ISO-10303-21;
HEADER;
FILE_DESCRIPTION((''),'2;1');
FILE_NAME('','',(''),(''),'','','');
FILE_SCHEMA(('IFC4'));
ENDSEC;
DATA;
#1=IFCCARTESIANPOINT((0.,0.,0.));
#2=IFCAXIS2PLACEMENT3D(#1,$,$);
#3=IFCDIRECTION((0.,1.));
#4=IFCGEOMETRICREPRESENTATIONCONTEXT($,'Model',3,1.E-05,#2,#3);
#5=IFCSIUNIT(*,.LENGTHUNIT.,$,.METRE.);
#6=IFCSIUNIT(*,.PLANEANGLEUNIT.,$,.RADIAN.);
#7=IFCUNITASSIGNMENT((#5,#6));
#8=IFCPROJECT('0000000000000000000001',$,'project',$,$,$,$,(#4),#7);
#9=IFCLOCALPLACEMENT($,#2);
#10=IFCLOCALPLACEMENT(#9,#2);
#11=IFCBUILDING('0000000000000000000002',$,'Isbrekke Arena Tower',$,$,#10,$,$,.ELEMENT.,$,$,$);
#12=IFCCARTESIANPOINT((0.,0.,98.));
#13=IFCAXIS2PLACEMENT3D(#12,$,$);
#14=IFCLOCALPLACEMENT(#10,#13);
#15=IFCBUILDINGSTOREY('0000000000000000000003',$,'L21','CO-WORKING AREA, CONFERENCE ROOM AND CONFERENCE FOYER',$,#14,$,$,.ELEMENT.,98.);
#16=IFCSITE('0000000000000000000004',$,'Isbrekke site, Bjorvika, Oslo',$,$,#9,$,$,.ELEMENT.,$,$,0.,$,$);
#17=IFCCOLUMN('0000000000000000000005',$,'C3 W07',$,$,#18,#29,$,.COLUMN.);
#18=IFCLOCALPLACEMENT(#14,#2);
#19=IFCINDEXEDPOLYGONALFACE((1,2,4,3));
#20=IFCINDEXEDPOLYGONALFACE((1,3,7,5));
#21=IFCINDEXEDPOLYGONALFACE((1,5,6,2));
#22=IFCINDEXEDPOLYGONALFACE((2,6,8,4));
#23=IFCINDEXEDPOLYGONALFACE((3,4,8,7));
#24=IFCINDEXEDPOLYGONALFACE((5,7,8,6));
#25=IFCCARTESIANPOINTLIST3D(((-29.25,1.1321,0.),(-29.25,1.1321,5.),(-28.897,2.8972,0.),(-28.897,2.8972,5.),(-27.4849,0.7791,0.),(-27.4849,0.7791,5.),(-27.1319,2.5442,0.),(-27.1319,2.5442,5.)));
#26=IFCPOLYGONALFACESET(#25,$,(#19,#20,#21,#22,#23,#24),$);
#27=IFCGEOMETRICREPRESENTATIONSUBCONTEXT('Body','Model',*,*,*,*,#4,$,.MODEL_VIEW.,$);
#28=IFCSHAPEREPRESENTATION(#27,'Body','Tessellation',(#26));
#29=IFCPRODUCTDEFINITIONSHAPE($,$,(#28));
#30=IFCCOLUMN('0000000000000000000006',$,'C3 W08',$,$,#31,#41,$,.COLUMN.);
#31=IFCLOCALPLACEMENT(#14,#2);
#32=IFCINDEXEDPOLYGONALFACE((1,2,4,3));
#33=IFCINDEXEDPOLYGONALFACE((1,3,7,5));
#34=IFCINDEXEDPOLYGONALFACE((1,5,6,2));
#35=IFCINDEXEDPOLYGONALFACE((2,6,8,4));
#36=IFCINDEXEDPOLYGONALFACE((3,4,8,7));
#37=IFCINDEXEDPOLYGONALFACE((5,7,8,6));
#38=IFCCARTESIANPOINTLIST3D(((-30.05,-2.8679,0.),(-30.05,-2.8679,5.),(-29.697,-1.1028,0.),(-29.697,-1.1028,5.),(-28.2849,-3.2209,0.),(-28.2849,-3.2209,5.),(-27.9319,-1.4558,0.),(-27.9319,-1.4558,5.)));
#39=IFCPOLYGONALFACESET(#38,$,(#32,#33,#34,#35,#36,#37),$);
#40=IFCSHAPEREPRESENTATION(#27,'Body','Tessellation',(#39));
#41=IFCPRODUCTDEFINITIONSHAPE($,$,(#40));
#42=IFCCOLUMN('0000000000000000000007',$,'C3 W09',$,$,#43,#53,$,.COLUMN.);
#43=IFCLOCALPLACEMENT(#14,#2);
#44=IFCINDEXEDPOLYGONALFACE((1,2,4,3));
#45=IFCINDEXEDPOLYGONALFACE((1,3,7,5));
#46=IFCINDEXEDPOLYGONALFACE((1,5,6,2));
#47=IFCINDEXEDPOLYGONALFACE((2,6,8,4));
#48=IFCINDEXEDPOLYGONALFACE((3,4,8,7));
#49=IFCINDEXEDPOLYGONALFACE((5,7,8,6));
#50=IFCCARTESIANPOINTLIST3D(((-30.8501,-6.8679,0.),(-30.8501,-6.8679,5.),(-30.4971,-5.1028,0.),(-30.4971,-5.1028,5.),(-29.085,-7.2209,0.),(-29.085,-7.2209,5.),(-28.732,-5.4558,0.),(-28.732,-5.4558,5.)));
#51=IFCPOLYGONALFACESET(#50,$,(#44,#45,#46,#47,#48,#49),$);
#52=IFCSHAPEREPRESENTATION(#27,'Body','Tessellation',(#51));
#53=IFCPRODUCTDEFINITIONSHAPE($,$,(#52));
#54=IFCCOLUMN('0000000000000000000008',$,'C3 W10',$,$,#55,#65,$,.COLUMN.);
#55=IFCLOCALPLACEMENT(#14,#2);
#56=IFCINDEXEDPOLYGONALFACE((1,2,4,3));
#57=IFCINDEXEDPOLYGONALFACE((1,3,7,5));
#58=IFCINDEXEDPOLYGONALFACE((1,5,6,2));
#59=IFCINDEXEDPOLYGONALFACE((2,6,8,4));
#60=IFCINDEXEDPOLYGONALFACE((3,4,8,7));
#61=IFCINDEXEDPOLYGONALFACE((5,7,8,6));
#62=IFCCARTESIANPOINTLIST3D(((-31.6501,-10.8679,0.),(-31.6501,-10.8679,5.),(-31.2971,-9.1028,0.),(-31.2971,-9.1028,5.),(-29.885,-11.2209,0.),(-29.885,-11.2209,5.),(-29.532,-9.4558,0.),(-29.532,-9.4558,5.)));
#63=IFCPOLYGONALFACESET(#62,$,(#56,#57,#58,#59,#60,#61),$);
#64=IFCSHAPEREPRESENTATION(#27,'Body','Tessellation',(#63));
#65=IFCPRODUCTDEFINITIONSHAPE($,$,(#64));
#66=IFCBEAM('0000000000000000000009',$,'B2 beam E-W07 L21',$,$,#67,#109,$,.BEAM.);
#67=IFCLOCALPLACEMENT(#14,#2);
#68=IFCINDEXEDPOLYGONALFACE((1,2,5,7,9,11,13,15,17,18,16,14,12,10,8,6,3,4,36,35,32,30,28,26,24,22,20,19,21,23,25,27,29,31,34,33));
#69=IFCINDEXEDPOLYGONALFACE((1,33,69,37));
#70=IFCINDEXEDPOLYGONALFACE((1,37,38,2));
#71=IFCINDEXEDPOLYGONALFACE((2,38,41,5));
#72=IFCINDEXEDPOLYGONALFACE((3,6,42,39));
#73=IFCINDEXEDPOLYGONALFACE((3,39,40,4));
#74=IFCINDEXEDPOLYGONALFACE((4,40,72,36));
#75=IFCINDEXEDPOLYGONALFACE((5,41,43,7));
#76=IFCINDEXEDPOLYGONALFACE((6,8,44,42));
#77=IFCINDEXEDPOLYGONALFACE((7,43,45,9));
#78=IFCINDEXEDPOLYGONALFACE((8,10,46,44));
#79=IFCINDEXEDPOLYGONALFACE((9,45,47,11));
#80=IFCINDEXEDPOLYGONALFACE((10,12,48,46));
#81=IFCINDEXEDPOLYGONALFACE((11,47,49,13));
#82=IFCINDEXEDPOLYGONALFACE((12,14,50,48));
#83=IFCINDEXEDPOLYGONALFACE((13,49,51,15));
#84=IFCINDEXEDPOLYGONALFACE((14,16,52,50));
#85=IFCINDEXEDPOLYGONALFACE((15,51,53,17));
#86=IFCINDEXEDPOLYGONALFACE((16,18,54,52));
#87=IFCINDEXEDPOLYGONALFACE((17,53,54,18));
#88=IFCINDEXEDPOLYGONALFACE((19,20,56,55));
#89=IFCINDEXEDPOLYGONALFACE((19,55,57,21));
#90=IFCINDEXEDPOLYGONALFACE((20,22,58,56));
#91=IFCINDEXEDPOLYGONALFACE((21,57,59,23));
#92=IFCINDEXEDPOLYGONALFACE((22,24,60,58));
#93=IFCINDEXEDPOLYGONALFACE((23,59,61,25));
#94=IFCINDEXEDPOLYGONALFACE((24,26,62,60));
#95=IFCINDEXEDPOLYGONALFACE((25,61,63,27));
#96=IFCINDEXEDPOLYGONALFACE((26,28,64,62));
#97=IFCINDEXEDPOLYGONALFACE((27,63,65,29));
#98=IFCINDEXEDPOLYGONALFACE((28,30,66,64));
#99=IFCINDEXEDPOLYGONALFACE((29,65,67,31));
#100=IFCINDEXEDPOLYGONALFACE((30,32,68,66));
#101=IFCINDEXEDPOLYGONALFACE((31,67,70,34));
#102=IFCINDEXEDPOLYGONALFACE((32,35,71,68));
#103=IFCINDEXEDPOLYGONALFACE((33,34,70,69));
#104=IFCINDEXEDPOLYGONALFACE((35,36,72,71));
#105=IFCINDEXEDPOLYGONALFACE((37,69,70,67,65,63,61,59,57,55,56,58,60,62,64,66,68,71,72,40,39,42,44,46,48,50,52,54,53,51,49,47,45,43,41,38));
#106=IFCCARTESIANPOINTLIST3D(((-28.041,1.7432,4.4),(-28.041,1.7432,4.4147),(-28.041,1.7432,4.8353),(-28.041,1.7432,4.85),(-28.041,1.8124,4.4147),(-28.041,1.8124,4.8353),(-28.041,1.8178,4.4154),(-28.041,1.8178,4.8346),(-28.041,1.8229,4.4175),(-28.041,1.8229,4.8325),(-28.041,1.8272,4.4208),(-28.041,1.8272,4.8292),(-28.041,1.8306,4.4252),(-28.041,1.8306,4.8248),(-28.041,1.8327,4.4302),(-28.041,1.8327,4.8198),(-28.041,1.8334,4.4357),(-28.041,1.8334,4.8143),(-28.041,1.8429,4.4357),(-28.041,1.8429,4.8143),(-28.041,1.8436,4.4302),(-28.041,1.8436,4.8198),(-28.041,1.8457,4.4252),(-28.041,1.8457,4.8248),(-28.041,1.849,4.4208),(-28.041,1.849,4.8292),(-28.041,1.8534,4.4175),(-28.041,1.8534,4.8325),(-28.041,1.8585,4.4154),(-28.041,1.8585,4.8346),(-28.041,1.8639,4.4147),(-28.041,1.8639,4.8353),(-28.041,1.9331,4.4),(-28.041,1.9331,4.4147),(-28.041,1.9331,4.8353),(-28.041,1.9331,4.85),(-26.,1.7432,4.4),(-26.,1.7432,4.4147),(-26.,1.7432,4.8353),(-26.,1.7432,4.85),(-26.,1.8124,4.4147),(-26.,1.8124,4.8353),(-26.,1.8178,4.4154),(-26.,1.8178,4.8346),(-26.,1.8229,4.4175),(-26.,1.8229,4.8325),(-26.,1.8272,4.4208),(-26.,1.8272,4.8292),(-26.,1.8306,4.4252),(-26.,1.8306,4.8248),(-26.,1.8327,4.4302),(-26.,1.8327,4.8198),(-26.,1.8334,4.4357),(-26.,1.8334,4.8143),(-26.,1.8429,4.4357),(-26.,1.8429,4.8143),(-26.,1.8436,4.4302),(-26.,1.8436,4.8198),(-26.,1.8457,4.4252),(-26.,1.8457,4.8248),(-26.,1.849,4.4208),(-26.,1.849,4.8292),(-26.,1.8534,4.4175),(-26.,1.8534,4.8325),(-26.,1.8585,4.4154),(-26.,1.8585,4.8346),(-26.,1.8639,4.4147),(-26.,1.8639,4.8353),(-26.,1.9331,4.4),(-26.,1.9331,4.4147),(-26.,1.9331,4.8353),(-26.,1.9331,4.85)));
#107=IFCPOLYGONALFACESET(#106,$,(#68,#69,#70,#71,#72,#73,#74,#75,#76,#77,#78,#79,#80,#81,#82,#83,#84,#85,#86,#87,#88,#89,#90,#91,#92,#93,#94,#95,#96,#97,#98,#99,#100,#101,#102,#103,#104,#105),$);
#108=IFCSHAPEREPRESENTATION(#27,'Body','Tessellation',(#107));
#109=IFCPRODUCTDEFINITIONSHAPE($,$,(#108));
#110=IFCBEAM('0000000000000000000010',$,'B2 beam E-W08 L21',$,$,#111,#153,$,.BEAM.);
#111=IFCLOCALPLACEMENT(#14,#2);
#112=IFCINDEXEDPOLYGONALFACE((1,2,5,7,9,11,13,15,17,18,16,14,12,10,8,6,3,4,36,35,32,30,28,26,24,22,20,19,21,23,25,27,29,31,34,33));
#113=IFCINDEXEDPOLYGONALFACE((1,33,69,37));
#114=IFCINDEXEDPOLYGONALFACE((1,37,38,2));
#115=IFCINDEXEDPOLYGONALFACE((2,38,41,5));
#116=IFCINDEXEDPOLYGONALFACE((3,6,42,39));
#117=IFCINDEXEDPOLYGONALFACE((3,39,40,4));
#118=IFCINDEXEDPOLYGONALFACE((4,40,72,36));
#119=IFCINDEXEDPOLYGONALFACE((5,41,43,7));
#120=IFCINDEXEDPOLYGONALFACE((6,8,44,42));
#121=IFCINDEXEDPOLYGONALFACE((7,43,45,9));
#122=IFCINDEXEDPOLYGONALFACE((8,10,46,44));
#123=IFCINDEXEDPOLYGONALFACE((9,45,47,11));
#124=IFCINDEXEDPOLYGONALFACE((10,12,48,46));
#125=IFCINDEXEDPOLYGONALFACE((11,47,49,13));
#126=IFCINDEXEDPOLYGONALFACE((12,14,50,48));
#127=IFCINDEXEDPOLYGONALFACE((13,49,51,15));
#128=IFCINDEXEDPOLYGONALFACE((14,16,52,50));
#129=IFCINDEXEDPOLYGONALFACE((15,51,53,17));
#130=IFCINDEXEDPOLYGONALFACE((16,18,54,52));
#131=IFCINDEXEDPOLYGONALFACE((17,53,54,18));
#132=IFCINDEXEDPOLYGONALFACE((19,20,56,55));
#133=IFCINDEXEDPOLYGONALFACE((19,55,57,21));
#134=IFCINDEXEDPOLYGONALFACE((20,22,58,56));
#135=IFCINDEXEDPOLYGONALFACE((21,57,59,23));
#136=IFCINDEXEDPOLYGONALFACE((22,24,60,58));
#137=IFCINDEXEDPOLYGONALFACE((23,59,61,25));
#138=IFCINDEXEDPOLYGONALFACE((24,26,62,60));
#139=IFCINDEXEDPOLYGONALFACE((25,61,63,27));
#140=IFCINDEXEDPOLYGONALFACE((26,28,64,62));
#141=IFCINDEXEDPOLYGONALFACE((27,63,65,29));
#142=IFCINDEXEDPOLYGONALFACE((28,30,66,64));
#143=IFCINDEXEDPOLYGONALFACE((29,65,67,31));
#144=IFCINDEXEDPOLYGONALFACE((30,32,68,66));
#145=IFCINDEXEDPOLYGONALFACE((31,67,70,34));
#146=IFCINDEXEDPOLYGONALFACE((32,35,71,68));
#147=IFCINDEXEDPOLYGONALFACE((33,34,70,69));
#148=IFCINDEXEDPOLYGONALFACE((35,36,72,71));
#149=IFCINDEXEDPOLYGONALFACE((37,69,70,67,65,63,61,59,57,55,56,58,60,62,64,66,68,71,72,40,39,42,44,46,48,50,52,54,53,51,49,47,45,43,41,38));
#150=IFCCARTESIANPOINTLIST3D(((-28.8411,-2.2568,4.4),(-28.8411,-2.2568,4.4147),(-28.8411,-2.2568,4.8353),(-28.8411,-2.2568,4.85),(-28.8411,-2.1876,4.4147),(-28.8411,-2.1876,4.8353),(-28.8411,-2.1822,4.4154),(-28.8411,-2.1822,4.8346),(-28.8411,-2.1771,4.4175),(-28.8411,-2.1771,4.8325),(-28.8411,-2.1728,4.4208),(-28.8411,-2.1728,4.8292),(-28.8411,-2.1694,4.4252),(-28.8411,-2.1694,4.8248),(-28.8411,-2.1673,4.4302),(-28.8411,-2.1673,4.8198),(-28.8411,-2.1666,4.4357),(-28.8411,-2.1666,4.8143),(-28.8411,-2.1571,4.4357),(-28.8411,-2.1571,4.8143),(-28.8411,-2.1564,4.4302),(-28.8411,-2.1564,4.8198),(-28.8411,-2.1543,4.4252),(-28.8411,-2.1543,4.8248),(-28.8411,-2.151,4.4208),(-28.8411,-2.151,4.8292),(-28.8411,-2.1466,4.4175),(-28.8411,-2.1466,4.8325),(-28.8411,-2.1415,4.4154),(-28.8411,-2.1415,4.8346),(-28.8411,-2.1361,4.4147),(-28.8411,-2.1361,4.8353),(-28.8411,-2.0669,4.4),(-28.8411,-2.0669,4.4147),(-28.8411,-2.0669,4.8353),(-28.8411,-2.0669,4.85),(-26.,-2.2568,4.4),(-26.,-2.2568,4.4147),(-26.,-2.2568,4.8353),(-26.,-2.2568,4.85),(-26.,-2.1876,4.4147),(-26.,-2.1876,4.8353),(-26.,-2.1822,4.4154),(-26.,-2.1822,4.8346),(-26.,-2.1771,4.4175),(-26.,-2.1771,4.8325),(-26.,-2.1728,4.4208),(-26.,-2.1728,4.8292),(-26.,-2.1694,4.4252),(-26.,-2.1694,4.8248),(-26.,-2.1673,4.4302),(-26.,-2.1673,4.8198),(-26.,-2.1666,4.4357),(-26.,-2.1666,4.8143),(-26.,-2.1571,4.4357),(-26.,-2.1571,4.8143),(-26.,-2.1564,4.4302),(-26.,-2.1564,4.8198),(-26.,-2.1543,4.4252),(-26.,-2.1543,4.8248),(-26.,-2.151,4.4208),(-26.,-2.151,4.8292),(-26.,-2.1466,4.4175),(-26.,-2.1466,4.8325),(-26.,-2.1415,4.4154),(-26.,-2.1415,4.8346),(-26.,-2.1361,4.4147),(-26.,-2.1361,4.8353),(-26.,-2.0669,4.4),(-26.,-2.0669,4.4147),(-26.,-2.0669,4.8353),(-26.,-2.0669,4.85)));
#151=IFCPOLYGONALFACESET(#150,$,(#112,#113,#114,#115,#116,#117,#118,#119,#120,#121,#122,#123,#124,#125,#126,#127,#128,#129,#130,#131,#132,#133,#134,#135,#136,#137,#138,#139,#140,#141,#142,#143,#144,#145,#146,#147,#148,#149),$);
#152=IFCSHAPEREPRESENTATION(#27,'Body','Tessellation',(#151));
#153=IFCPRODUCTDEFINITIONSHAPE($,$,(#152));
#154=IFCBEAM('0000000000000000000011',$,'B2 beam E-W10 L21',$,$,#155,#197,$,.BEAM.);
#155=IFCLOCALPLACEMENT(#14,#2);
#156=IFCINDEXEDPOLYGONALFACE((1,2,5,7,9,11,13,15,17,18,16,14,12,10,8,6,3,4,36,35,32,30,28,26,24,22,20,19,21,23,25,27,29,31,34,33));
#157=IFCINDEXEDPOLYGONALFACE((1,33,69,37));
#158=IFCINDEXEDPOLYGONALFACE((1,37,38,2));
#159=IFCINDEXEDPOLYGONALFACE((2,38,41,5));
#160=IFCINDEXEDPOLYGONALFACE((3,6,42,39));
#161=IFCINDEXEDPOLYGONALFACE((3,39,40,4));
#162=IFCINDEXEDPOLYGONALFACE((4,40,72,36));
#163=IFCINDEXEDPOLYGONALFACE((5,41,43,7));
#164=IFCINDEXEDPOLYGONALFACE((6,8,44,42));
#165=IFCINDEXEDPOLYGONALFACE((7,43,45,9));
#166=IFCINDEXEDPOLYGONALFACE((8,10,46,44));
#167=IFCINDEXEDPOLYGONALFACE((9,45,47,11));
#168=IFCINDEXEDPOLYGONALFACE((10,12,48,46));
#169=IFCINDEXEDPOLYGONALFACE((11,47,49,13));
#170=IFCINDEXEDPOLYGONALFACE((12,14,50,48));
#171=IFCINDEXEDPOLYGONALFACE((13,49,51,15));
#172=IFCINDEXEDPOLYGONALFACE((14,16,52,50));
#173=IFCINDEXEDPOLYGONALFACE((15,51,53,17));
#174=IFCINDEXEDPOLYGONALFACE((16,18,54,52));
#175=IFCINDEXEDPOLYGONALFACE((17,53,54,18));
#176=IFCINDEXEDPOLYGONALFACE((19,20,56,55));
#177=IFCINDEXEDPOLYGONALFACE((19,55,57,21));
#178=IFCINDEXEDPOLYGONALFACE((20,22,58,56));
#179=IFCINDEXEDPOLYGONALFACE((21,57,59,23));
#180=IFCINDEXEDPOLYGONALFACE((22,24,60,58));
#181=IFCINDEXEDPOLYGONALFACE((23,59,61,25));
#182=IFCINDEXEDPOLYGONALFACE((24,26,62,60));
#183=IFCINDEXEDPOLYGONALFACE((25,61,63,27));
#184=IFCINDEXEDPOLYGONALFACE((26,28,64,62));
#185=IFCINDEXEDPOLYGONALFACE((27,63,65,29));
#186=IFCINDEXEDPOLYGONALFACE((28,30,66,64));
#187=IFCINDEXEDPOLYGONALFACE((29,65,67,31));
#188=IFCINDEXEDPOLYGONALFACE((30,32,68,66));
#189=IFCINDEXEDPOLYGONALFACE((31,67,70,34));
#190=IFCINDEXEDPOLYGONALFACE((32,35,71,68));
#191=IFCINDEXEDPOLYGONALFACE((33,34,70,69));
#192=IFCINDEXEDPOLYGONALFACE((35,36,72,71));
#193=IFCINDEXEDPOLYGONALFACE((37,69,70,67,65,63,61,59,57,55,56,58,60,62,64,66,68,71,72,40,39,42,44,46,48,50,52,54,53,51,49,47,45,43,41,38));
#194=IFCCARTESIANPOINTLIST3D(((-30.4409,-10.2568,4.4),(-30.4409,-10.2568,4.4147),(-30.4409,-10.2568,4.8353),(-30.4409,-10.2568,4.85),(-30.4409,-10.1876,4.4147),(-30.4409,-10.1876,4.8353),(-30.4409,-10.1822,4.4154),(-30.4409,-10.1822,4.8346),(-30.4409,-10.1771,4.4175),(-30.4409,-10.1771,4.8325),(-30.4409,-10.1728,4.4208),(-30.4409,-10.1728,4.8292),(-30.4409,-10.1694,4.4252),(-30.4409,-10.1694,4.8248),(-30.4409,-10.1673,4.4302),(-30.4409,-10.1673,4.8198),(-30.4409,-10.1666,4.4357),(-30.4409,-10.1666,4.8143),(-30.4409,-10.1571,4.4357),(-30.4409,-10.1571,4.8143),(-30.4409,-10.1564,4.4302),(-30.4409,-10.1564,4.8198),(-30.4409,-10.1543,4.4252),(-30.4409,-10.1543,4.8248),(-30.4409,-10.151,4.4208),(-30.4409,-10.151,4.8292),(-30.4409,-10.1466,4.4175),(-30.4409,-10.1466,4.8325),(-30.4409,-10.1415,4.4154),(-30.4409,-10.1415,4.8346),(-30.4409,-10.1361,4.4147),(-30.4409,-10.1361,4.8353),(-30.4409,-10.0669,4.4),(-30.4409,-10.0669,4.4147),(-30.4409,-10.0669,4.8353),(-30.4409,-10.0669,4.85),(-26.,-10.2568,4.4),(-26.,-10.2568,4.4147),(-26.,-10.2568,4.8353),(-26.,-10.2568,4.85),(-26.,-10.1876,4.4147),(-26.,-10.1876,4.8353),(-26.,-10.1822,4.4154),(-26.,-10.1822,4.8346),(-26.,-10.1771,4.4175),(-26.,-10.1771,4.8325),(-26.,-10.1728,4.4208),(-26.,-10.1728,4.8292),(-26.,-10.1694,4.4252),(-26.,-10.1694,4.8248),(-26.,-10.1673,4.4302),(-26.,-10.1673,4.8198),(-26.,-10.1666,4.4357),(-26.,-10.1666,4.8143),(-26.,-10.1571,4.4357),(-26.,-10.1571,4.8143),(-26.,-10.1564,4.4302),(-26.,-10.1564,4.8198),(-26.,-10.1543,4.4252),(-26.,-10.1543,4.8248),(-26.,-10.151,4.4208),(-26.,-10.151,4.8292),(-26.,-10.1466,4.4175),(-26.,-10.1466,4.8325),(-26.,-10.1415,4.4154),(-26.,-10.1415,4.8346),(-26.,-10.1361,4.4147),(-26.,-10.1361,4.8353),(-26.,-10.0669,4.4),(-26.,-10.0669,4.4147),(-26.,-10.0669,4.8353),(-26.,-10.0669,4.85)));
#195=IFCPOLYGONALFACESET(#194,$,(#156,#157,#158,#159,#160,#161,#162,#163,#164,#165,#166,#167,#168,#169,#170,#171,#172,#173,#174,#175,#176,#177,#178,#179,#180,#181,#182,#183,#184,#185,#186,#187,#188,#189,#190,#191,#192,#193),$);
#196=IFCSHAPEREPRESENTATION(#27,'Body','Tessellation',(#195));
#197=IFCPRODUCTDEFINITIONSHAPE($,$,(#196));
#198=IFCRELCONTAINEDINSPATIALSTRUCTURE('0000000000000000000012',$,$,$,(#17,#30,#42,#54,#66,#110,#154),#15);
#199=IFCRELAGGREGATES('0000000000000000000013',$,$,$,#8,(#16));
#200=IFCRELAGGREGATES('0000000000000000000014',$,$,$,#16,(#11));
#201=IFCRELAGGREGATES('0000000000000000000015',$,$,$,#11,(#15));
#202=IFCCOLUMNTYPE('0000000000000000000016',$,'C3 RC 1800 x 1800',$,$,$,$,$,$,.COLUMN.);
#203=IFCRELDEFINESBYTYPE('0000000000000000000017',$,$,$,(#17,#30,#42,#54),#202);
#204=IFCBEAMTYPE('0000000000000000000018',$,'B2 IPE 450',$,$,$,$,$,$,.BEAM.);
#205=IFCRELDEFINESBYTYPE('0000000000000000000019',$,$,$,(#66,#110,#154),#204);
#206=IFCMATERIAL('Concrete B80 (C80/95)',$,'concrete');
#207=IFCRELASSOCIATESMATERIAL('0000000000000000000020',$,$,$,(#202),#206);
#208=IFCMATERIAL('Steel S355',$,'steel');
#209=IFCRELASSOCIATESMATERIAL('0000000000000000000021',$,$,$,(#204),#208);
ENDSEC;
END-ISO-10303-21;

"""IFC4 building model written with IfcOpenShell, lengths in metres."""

from ifc_helpers import new_model, si_unit, direction, frame, origin, origin_2d, place, context, subcontext, project, spatial, rectangle, i_section, extrude, material, material_profile, profile_set, type_object, element, save


model = new_model("IFC4")

# Units and contexts
model_context = context("Model", 3, precision=1e-05, world=origin(), true_north=direction((0.0, 1.0)))
body_context = subcontext(model_context, "Body", "Model", "MODEL_VIEW")
ifc_project = project(units=[si_unit("LENGTHUNIT", "METRE"), si_unit("PLANEANGLEUNIT", "RADIAN")], contexts=[model_context])

# Site, building, storey
site_placement = place(None, origin())
site = spatial("IfcSite", under=ifc_project, at=site_placement, Name="Isbrekke site, Bjorvika, Oslo", CompositionType="ELEMENT", RefElevation=0.0)
building_placement = place(site_placement, origin())
building = spatial("IfcBuilding", under=site, at=building_placement, Name="Isbrekke Arena Tower", CompositionType="ELEMENT")
storey_placement = place(building_placement, frame((0.0, 0.0, 98.0)))
storey = spatial("IfcBuildingStorey", under=building, at=storey_placement, Name="L21", Description="CO-WORKING AREA, CONFERENCE ROOM AND CONFERENCE FOYER", CompositionType="ELEMENT", Elevation=98.0)

# Columns
ifc_material_1 = material(Name="Concrete B80 (C80/95)", Category="concrete")
ifc_material_profile_1 = material_profile(ifc_material_1, rectangle(XDim=1.8, YDim=1.8, at=origin_2d()), Name="RC 1800x1800")
ifc_profile_set_1 = profile_set([ifc_material_profile_1], Name="Concrete B80 (C80/95)")
column_type = type_object("IfcColumnType", Name="C3 RC 1800 x 1800", PredefinedType="COLUMN", material=ifc_profile_set_1)
for number, where, z_axis, x_axis, name in (
    (1, (-28.1909, 1.8381, 0.0), (0.0, 0.0, 1.0), (-0.196116, -0.980581, 0.0), "C3 W07"),
    (2, (-28.991, -2.1619, 0.0), (0.0, 0.0, 1.0), (-0.196116, -0.980581, 0.0), "C3 W08"),
    (3, (-29.791, -6.1619, 0.0), (0.0, 0.0, 1.0), (-0.196116, -0.980581, 0.0), "C3 W09"),
    (4, (-30.5911, -10.1619, 0.0), (0.0, 0.0, 1.0), (-0.196116, -0.980581, 0.0), "C3 W10"),
):
    element("IfcColumn", number, at=place(storey_placement, frame(where, z_axis=z_axis, x_axis=x_axis)), inside=storey, type_object=column_type, Name=name, PredefinedType="COLUMN", context=body_context, shape_type="SweptSolid", body=[
        extrude(rectangle(XDim=1.8, YDim=1.8, at=origin_2d()), origin(), (0.0, 0.0, 1.0), 5.0),
    ])

# Beams
ifc_material_2 = material(Name="Steel S355", Category="steel")
ifc_material_profile_2 = material_profile(ifc_material_2, i_section(OverallWidth=0.1899, OverallDepth=0.45, WebThickness=0.0095, FlangeThickness=0.0146, FilletRadius=0.021, at=origin_2d()), Name="IPE 450")
ifc_profile_set_2 = profile_set([ifc_material_profile_2], Name="Steel S355")
beam_type_1 = type_object("IfcBeamType", Name="B2 IPE 450", PredefinedType="BEAM", material=ifc_profile_set_2)
beam_1_placement = place(storey_placement, frame((-28.041, 1.8381, 4.625), z_axis=(1.0, 0.0, 0.0), x_axis=(0.0, 1.0, 0.0)))
element("IfcBeam", 5, at=beam_1_placement, inside=storey, type_object=beam_type_1, Name="B2 beam E-W07 L21", PredefinedType="BEAM", context=body_context, shape_type="SweptSolid", body=[
    extrude(i_section(OverallWidth=0.1899, OverallDepth=0.45, WebThickness=0.0095, FlangeThickness=0.0146, FilletRadius=0.021, at=origin_2d()), origin(), (0.0, 0.0, 1.0), 2.041),
])
beam_2_placement = place(storey_placement, frame((-28.8411, -2.1619, 4.625), z_axis=(1.0, 0.0, 0.0), x_axis=(0.0, 1.0, 0.0)))
element("IfcBeam", 6, at=beam_2_placement, inside=storey, type_object=beam_type_1, Name="B2 beam E-W08 L21", PredefinedType="BEAM", context=body_context, shape_type="SweptSolid", body=[
    extrude(i_section(OverallWidth=0.1899, OverallDepth=0.45, WebThickness=0.0095, FlangeThickness=0.0146, FilletRadius=0.021, at=origin_2d()), origin(), (0.0, 0.0, 1.0), 2.8411),
])
beam_3_placement = place(storey_placement, frame((-30.4409, -10.1619, 4.625), z_axis=(1.0, 0.0, 0.0), x_axis=(0.0, 1.0, 0.0)))
element("IfcBeam", 7, at=beam_3_placement, inside=storey, type_object=beam_type_1, Name="B2 beam E-W10 L21", PredefinedType="BEAM", context=body_context, shape_type="SweptSolid", body=[
    extrude(i_section(OverallWidth=0.1899, OverallDepth=0.45, WebThickness=0.0095, FlangeThickness=0.0146, FilletRadius=0.021, at=origin_2d()), origin(), (0.0, 0.0, 1.0), 4.4409),
])

save(model, "model.ifc")
